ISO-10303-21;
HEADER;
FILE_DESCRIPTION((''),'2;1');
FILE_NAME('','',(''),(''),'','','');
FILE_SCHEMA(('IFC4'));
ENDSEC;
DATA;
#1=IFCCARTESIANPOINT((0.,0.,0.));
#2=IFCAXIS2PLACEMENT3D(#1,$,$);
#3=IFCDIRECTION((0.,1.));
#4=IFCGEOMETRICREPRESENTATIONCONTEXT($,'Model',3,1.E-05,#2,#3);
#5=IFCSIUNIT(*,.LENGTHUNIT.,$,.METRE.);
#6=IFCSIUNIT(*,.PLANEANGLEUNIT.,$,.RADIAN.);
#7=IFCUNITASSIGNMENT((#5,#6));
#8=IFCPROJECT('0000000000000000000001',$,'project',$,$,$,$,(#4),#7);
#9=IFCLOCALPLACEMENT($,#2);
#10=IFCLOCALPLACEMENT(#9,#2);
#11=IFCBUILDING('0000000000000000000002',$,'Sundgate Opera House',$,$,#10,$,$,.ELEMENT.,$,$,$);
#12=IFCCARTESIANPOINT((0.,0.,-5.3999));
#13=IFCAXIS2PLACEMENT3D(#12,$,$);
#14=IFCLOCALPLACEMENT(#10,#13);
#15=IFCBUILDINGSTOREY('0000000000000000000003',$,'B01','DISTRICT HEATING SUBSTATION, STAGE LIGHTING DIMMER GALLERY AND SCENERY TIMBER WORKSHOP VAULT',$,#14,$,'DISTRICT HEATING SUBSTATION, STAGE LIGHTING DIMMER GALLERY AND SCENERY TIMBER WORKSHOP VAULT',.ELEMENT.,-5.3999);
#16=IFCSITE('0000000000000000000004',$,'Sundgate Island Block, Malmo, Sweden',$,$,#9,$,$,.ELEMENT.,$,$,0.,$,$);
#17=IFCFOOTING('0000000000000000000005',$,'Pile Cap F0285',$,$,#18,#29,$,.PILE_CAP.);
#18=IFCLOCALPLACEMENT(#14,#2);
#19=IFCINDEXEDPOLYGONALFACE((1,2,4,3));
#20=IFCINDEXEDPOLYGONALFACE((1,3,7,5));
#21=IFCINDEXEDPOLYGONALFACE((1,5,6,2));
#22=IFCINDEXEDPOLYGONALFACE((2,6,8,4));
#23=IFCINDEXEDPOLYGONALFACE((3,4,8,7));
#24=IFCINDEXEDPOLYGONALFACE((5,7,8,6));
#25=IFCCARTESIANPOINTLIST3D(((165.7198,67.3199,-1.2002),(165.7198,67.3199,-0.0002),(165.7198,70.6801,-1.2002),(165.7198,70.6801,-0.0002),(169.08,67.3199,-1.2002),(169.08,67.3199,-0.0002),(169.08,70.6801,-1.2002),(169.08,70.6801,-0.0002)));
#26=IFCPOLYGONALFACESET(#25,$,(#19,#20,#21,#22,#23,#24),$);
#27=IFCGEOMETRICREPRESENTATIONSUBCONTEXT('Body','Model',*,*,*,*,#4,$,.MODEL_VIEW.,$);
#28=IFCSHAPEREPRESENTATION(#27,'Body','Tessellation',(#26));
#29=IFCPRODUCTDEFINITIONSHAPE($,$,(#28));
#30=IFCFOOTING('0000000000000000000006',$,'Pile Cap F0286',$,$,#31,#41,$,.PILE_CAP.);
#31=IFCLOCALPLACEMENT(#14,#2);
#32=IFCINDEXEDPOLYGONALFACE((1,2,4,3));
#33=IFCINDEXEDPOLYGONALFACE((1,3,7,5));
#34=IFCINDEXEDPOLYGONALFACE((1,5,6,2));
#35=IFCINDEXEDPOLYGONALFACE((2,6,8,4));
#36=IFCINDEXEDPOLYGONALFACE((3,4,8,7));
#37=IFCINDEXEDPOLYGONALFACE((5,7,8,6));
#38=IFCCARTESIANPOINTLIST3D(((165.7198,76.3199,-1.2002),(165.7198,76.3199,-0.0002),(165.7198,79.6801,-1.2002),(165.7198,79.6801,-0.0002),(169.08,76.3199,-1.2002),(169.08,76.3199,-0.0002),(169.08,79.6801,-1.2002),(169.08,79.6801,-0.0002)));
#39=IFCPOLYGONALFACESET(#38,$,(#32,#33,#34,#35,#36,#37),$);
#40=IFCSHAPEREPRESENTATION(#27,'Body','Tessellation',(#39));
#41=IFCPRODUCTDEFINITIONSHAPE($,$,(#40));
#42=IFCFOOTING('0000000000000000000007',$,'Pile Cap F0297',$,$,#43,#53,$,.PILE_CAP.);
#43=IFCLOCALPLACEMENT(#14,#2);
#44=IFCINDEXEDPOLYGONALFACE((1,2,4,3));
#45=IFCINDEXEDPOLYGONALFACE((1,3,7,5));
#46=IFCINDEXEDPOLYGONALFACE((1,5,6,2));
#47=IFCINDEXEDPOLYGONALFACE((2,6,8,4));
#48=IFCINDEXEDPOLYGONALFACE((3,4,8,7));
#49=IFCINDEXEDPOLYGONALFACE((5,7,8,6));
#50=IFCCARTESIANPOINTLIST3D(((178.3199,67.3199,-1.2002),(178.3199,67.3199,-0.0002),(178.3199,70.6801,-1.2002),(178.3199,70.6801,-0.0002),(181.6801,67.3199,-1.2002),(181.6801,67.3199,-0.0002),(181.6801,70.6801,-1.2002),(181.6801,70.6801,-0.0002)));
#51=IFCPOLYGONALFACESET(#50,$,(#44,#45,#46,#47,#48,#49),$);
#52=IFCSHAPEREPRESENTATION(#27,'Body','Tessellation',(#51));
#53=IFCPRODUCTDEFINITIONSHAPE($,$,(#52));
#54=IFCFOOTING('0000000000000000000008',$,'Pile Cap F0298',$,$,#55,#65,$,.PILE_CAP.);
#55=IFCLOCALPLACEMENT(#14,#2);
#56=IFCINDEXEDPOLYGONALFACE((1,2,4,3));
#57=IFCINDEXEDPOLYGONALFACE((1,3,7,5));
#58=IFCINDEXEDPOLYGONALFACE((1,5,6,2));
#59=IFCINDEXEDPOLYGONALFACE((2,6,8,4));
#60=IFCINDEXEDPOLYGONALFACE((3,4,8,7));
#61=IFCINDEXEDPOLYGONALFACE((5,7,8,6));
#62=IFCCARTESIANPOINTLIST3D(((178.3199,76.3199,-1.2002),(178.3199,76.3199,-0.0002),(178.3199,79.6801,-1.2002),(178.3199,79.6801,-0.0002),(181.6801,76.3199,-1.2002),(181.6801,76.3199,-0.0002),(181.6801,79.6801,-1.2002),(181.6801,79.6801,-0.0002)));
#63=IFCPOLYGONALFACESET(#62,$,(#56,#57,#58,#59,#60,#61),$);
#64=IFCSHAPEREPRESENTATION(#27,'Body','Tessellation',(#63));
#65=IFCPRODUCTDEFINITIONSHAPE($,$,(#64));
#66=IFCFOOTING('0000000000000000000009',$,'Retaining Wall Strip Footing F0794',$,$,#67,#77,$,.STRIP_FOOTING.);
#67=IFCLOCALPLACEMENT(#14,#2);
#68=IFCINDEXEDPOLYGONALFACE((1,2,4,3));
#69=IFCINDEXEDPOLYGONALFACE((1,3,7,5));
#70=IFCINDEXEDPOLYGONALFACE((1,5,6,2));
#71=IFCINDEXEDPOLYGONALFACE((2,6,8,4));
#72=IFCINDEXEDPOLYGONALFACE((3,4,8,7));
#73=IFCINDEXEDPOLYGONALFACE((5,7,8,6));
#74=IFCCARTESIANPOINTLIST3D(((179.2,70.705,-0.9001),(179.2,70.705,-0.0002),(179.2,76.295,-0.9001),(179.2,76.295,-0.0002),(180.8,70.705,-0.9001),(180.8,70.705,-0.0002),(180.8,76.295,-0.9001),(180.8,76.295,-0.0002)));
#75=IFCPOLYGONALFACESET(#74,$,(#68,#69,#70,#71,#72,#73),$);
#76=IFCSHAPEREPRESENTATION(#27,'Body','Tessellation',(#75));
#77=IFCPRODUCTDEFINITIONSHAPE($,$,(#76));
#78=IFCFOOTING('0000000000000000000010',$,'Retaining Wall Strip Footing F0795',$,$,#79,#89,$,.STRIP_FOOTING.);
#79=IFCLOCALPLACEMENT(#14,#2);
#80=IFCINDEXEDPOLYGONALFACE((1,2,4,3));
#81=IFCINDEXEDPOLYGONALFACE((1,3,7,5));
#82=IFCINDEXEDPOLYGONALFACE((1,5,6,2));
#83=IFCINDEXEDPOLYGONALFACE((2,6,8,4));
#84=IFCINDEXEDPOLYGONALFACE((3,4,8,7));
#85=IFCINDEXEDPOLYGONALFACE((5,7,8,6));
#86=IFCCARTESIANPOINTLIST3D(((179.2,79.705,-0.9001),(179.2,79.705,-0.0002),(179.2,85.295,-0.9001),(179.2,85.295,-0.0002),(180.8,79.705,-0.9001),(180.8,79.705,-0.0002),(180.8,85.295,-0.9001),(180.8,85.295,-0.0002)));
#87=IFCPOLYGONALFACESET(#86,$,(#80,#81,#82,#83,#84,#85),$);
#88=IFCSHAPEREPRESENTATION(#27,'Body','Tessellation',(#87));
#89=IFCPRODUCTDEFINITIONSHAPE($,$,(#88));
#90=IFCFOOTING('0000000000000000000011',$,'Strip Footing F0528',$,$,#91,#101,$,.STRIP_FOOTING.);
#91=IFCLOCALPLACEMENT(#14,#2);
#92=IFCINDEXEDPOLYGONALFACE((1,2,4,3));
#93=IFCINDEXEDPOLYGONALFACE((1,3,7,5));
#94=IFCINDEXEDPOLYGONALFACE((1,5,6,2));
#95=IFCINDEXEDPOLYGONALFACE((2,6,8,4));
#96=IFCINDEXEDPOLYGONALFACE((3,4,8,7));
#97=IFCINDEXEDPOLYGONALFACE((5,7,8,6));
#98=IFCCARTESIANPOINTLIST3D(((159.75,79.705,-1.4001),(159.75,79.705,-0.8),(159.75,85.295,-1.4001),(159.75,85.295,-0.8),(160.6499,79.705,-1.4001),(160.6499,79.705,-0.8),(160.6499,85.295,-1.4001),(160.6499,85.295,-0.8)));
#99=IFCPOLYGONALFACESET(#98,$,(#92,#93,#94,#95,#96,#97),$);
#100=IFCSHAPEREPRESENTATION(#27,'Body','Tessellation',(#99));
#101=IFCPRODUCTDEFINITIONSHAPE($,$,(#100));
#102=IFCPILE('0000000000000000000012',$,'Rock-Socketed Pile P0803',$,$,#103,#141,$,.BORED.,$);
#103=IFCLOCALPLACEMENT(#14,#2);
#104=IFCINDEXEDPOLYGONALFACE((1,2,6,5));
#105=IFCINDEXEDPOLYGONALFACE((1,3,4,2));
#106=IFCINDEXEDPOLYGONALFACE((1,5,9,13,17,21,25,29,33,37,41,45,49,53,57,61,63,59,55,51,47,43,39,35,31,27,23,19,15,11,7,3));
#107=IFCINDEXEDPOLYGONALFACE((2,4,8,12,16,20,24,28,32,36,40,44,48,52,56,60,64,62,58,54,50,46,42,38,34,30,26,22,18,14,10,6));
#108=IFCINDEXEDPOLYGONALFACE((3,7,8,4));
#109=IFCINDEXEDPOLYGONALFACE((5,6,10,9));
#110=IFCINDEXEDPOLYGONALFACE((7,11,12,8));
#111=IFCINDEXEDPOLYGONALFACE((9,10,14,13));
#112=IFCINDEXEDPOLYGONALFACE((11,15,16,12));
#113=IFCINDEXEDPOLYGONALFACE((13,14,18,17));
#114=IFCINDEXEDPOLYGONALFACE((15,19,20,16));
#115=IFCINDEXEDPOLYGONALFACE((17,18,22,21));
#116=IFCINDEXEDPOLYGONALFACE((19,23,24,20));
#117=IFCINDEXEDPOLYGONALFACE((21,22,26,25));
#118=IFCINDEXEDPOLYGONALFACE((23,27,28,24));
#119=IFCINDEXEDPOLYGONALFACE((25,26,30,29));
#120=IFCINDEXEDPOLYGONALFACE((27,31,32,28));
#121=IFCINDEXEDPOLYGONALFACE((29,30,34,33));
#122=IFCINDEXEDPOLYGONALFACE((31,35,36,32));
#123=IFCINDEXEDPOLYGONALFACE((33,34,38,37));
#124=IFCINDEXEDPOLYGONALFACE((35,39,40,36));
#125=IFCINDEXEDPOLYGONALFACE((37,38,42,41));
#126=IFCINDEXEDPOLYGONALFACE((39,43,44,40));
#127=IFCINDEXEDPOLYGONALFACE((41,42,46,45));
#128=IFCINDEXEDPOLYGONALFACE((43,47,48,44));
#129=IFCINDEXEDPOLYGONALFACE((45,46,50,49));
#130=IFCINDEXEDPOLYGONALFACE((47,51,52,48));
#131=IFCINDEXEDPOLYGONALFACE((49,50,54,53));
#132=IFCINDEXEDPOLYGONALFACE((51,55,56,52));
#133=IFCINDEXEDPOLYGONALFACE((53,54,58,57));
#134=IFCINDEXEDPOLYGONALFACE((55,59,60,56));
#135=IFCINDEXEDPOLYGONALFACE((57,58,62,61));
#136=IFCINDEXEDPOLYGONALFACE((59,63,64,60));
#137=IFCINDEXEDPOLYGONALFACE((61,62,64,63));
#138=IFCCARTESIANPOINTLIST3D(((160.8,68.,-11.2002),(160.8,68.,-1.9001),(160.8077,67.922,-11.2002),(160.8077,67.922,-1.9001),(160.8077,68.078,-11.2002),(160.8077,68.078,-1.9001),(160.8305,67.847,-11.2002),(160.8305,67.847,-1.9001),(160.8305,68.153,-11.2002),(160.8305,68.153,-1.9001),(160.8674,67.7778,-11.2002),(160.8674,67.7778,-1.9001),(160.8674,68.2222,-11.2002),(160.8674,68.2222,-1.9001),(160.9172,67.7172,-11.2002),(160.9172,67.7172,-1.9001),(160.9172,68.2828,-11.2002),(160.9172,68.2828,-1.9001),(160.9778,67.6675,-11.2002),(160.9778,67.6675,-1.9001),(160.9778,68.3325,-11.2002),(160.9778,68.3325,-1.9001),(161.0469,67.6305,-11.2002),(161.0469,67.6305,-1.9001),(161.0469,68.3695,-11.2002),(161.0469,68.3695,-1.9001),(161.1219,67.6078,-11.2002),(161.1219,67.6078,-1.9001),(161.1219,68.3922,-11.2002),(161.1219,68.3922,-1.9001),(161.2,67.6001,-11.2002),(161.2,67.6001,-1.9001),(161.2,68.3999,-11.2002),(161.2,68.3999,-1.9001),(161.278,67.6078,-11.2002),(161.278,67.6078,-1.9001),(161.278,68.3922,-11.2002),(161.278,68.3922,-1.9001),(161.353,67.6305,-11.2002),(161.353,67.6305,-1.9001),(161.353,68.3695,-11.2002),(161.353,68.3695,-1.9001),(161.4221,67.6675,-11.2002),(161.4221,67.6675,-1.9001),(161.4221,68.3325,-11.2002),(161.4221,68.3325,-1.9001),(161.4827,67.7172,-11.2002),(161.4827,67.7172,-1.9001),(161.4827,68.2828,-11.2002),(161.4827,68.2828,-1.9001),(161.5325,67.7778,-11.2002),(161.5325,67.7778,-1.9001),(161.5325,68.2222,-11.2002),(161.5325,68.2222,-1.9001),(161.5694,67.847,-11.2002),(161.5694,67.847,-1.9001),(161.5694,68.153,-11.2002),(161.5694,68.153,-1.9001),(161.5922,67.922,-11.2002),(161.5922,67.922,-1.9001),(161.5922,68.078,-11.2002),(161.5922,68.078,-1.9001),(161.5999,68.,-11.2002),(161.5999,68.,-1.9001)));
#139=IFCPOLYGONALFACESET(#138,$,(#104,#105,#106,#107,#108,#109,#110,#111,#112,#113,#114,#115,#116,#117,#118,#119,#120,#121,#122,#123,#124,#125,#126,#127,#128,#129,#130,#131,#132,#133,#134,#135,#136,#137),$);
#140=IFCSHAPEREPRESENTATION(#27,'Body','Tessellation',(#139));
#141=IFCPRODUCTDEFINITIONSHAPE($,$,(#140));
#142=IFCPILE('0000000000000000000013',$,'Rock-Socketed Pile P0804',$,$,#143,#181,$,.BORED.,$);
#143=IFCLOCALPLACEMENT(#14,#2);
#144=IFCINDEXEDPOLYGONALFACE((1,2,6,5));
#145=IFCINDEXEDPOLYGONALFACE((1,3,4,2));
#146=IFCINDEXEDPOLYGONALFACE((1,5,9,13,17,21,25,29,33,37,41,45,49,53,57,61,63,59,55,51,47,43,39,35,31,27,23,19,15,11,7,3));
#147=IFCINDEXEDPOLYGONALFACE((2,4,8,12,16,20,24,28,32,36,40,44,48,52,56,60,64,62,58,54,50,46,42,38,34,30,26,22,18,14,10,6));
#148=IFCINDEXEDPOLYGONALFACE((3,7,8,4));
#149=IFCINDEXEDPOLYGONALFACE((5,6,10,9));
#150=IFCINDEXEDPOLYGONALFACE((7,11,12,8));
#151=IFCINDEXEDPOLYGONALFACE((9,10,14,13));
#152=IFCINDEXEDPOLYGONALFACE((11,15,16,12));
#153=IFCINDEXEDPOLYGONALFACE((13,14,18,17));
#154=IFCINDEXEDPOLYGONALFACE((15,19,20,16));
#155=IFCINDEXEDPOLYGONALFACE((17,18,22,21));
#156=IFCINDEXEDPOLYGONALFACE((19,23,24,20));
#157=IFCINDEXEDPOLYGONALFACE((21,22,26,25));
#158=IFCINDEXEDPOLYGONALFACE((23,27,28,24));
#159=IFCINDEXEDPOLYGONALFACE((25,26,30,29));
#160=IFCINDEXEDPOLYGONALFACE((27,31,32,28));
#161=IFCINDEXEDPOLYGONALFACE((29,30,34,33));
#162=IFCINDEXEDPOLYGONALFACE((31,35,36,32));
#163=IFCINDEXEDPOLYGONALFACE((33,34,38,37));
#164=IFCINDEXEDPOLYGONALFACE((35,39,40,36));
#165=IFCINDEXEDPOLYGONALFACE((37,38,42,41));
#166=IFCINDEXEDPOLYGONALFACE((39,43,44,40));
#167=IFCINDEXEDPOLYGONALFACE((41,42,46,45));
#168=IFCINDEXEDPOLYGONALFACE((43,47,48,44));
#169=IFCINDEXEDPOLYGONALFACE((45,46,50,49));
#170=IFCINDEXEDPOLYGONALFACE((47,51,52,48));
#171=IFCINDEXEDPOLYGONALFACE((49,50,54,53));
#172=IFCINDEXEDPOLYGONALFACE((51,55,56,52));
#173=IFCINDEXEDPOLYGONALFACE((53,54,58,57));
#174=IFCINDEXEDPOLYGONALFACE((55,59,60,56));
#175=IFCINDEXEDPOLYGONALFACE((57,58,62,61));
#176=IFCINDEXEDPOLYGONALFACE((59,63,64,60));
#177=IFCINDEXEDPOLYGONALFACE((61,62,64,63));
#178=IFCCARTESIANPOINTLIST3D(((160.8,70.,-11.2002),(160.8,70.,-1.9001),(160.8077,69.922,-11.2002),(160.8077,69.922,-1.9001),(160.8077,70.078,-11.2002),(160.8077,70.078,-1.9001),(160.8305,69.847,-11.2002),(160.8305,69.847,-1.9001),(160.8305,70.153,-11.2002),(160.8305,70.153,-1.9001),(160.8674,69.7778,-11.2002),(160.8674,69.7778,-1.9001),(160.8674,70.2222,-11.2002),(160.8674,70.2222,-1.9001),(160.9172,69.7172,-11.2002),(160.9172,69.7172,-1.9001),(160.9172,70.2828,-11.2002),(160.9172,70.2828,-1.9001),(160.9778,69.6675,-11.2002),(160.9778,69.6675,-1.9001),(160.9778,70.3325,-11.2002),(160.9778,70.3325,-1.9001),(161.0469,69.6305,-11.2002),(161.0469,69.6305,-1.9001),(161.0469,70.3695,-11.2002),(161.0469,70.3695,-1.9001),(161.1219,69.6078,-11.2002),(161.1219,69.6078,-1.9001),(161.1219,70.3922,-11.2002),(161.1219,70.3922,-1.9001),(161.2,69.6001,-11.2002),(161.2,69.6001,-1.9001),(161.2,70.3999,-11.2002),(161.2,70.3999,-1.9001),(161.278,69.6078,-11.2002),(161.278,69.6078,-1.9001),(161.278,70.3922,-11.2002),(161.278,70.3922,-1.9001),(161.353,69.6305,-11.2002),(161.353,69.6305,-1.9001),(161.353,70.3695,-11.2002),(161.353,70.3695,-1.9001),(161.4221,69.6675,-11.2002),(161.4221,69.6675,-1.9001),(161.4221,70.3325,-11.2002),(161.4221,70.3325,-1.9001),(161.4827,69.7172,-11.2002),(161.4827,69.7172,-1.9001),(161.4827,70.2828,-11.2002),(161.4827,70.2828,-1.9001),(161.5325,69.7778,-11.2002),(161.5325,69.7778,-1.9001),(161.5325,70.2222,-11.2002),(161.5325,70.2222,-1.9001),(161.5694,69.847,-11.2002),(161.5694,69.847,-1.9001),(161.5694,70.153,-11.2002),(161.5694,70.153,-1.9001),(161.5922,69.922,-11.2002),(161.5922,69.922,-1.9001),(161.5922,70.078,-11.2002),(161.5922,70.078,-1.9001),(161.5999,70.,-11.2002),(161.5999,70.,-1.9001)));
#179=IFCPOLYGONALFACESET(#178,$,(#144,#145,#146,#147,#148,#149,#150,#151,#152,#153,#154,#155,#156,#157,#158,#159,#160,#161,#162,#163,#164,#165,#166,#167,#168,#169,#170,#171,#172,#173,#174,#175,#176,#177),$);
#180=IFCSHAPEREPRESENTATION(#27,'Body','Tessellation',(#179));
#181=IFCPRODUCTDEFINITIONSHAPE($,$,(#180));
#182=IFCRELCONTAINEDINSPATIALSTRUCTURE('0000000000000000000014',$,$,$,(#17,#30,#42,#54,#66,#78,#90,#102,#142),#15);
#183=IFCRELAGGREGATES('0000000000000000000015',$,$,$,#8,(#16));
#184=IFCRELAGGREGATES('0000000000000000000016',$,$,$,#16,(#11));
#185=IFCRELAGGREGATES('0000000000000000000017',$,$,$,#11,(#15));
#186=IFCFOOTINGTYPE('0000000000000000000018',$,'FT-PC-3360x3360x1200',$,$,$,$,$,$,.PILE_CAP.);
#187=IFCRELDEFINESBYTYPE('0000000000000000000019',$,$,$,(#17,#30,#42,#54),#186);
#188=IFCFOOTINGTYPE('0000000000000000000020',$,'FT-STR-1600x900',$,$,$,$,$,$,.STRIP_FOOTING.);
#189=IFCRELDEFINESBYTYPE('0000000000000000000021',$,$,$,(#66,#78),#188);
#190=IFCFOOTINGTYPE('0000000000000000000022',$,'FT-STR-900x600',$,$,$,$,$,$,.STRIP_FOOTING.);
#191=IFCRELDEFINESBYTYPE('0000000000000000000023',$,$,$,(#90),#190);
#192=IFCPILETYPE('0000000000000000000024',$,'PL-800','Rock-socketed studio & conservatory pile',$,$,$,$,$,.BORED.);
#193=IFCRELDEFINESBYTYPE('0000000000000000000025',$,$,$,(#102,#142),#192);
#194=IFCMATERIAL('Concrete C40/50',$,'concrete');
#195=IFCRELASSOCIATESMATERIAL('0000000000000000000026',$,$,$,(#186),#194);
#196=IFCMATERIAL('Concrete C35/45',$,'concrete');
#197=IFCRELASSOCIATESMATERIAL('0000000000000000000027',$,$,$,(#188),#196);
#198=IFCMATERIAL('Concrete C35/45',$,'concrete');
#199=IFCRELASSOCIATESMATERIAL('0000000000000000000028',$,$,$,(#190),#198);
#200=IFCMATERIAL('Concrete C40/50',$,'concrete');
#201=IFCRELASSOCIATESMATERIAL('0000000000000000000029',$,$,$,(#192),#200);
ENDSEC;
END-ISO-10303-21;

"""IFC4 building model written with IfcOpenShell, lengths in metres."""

from ifc_helpers import new_model, si_unit, direction, frame, origin, origin_2d, place, context, subcontext, project, spatial, rectangle, circle, extrude, material, material_profile, profile_set, type_object, element, save


model = new_model("IFC4")

# Units and contexts
model_context = context("Model", 3, precision=1e-05, world=origin(), true_north=direction((0.0, 1.0)))
body_context = subcontext(model_context, "Body", "Model", "MODEL_VIEW")
ifc_project = project(units=[si_unit("LENGTHUNIT", "METRE"), si_unit("PLANEANGLEUNIT", "RADIAN")], contexts=[model_context])

# Site, building, storey
site_placement = place(None, origin())
site = spatial("IfcSite", under=ifc_project, at=site_placement, Name="Sundgate Island Block, Malmo, Sweden", CompositionType="ELEMENT", RefElevation=0.0)
building_placement = place(site_placement, origin())
building = spatial("IfcBuilding", under=site, at=building_placement, Name="Sundgate Opera House", CompositionType="ELEMENT")
storey_placement = place(building_placement, frame((0.0, 0.0, -5.3999)))
storey = spatial("IfcBuildingStorey", under=building, at=storey_placement, Name="B01", Description="DISTRICT HEATING SUBSTATION, STAGE LIGHTING DIMMER GALLERY AND SCENERY TIMBER WORKSHOP VAULT", LongName="DISTRICT HEATING SUBSTATION, STAGE LIGHTING DIMMER GALLERY AND SCENERY TIMBER WORKSHOP VAULT", CompositionType="ELEMENT", Elevation=-5.3999)

# Footings
ifc_material_1 = material(Name="Concrete C40/50", Category="concrete")
footing_type_1 = type_object("IfcFootingType", Name="FT-PC-3360x3360x1200", PredefinedType="PILE_CAP", material=ifc_material_1)
for number, where, z_axis, x_axis, name in (
    (1, (167.3999, 69.0, -1.2002), (0.0, 0.0, 1.0), (1.0, 0.0, 0.0), "Pile Cap F0285"),
    (2, (167.3999, 78.0, -1.2002), (0.0, 0.0, 1.0), (1.0, 0.0, 0.0), "Pile Cap F0286"),
    (3, (180.0, 69.0, -1.2002), (0.0, 0.0, 1.0), (1.0, 0.0, 0.0), "Pile Cap F0297"),
    (4, (180.0, 78.0, -1.2002), (0.0, 0.0, 1.0), (1.0, 0.0, 0.0), "Pile Cap F0298"),
):
    element("IfcFooting", number, at=place(storey_placement, frame(where, z_axis=z_axis, x_axis=x_axis)), inside=storey, type_object=footing_type_1, Name=name, PredefinedType="PILE_CAP", context=body_context, shape_type="SweptSolid", body=[
        extrude(rectangle(XDim=3.3601, YDim=3.3601, at=origin_2d()), origin(), (0.0, 0.0, 1.0), 1.2),
    ])
ifc_material_2 = material(Name="Concrete C35/45", Category="concrete")
footing_type_2 = type_object("IfcFootingType", Name="FT-STR-1600x900", PredefinedType="STRIP_FOOTING", material=ifc_material_2)
for number, where, z_axis, x_axis, name in (
    (5, (180.0, 73.5, -0.9001), (0.0, 0.0, 1.0), (1.0, 0.0, 0.0), "Retaining Wall Strip Footing F0794"),
    (6, (180.0, 82.5, -0.9001), (0.0, 0.0, 1.0), (1.0, 0.0, 0.0), "Retaining Wall Strip Footing F0795"),
):
    element("IfcFooting", number, at=place(storey_placement, frame(where, z_axis=z_axis, x_axis=x_axis)), inside=storey, type_object=footing_type_2, Name=name, PredefinedType="STRIP_FOOTING", context=body_context, shape_type="SweptSolid", body=[
        extrude(rectangle(XDim=1.6001, YDim=5.5901, at=origin_2d()), origin(), (0.0, 0.0, 1.0), 0.8999),
    ])
ifc_material_3 = material(Name="Concrete C35/45", Category="concrete")
footing_type_3 = type_object("IfcFootingType", Name="FT-STR-900x600", PredefinedType="STRIP_FOOTING", material=ifc_material_3)
footing_placement = place(storey_placement, frame((160.2, 82.5, -1.4001), z_axis=(0.0, 0.0, 1.0), x_axis=(1.0, 0.0, 0.0)))
element("IfcFooting", 7, at=footing_placement, inside=storey, type_object=footing_type_3, Name="Strip Footing F0528", PredefinedType="STRIP_FOOTING", context=body_context, shape_type="SweptSolid", body=[
    extrude(rectangle(XDim=0.8999, YDim=5.5901, at=origin_2d()), origin(), (0.0, 0.0, 1.0), 0.6001),
])

# Piles
ifc_material_4 = material(Name="Concrete C40/50", Category="concrete")
ifc_material_profile_1 = material_profile(ifc_material_4, circle(Radius=0.3999, at=origin_2d()), Name="PILE D800")
ifc_profile_set_1 = profile_set([ifc_material_profile_1], Name="Concrete C40/50")
pile_type = type_object("IfcPileType", Name="PL-800", Description="Rock-socketed studio & conservatory pile", PredefinedType="BORED", material=ifc_profile_set_1)
for number, where, z_axis, x_axis, name in (
    (8, (161.2, 68.0, -1.9001), (0.0, 0.0, -1.0), (1.0, 0.0, 0.0), "Rock-Socketed Pile P0803"),
    (9, (161.2, 70.0, -1.9001), (0.0, 0.0, -1.0), (1.0, 0.0, 0.0), "Rock-Socketed Pile P0804"),
):
    element("IfcPile", number, at=place(storey_placement, frame(where, z_axis=z_axis, x_axis=x_axis)), inside=storey, type_object=pile_type, Name=name, PredefinedType="BORED", context=body_context, shape_type="SweptSolid", body=[
        extrude(circle(Radius=0.3999, at=origin_2d()), origin(), (0.0, 0.0, 1.0), 9.3),
    ])

save(model, "model.ifc")
